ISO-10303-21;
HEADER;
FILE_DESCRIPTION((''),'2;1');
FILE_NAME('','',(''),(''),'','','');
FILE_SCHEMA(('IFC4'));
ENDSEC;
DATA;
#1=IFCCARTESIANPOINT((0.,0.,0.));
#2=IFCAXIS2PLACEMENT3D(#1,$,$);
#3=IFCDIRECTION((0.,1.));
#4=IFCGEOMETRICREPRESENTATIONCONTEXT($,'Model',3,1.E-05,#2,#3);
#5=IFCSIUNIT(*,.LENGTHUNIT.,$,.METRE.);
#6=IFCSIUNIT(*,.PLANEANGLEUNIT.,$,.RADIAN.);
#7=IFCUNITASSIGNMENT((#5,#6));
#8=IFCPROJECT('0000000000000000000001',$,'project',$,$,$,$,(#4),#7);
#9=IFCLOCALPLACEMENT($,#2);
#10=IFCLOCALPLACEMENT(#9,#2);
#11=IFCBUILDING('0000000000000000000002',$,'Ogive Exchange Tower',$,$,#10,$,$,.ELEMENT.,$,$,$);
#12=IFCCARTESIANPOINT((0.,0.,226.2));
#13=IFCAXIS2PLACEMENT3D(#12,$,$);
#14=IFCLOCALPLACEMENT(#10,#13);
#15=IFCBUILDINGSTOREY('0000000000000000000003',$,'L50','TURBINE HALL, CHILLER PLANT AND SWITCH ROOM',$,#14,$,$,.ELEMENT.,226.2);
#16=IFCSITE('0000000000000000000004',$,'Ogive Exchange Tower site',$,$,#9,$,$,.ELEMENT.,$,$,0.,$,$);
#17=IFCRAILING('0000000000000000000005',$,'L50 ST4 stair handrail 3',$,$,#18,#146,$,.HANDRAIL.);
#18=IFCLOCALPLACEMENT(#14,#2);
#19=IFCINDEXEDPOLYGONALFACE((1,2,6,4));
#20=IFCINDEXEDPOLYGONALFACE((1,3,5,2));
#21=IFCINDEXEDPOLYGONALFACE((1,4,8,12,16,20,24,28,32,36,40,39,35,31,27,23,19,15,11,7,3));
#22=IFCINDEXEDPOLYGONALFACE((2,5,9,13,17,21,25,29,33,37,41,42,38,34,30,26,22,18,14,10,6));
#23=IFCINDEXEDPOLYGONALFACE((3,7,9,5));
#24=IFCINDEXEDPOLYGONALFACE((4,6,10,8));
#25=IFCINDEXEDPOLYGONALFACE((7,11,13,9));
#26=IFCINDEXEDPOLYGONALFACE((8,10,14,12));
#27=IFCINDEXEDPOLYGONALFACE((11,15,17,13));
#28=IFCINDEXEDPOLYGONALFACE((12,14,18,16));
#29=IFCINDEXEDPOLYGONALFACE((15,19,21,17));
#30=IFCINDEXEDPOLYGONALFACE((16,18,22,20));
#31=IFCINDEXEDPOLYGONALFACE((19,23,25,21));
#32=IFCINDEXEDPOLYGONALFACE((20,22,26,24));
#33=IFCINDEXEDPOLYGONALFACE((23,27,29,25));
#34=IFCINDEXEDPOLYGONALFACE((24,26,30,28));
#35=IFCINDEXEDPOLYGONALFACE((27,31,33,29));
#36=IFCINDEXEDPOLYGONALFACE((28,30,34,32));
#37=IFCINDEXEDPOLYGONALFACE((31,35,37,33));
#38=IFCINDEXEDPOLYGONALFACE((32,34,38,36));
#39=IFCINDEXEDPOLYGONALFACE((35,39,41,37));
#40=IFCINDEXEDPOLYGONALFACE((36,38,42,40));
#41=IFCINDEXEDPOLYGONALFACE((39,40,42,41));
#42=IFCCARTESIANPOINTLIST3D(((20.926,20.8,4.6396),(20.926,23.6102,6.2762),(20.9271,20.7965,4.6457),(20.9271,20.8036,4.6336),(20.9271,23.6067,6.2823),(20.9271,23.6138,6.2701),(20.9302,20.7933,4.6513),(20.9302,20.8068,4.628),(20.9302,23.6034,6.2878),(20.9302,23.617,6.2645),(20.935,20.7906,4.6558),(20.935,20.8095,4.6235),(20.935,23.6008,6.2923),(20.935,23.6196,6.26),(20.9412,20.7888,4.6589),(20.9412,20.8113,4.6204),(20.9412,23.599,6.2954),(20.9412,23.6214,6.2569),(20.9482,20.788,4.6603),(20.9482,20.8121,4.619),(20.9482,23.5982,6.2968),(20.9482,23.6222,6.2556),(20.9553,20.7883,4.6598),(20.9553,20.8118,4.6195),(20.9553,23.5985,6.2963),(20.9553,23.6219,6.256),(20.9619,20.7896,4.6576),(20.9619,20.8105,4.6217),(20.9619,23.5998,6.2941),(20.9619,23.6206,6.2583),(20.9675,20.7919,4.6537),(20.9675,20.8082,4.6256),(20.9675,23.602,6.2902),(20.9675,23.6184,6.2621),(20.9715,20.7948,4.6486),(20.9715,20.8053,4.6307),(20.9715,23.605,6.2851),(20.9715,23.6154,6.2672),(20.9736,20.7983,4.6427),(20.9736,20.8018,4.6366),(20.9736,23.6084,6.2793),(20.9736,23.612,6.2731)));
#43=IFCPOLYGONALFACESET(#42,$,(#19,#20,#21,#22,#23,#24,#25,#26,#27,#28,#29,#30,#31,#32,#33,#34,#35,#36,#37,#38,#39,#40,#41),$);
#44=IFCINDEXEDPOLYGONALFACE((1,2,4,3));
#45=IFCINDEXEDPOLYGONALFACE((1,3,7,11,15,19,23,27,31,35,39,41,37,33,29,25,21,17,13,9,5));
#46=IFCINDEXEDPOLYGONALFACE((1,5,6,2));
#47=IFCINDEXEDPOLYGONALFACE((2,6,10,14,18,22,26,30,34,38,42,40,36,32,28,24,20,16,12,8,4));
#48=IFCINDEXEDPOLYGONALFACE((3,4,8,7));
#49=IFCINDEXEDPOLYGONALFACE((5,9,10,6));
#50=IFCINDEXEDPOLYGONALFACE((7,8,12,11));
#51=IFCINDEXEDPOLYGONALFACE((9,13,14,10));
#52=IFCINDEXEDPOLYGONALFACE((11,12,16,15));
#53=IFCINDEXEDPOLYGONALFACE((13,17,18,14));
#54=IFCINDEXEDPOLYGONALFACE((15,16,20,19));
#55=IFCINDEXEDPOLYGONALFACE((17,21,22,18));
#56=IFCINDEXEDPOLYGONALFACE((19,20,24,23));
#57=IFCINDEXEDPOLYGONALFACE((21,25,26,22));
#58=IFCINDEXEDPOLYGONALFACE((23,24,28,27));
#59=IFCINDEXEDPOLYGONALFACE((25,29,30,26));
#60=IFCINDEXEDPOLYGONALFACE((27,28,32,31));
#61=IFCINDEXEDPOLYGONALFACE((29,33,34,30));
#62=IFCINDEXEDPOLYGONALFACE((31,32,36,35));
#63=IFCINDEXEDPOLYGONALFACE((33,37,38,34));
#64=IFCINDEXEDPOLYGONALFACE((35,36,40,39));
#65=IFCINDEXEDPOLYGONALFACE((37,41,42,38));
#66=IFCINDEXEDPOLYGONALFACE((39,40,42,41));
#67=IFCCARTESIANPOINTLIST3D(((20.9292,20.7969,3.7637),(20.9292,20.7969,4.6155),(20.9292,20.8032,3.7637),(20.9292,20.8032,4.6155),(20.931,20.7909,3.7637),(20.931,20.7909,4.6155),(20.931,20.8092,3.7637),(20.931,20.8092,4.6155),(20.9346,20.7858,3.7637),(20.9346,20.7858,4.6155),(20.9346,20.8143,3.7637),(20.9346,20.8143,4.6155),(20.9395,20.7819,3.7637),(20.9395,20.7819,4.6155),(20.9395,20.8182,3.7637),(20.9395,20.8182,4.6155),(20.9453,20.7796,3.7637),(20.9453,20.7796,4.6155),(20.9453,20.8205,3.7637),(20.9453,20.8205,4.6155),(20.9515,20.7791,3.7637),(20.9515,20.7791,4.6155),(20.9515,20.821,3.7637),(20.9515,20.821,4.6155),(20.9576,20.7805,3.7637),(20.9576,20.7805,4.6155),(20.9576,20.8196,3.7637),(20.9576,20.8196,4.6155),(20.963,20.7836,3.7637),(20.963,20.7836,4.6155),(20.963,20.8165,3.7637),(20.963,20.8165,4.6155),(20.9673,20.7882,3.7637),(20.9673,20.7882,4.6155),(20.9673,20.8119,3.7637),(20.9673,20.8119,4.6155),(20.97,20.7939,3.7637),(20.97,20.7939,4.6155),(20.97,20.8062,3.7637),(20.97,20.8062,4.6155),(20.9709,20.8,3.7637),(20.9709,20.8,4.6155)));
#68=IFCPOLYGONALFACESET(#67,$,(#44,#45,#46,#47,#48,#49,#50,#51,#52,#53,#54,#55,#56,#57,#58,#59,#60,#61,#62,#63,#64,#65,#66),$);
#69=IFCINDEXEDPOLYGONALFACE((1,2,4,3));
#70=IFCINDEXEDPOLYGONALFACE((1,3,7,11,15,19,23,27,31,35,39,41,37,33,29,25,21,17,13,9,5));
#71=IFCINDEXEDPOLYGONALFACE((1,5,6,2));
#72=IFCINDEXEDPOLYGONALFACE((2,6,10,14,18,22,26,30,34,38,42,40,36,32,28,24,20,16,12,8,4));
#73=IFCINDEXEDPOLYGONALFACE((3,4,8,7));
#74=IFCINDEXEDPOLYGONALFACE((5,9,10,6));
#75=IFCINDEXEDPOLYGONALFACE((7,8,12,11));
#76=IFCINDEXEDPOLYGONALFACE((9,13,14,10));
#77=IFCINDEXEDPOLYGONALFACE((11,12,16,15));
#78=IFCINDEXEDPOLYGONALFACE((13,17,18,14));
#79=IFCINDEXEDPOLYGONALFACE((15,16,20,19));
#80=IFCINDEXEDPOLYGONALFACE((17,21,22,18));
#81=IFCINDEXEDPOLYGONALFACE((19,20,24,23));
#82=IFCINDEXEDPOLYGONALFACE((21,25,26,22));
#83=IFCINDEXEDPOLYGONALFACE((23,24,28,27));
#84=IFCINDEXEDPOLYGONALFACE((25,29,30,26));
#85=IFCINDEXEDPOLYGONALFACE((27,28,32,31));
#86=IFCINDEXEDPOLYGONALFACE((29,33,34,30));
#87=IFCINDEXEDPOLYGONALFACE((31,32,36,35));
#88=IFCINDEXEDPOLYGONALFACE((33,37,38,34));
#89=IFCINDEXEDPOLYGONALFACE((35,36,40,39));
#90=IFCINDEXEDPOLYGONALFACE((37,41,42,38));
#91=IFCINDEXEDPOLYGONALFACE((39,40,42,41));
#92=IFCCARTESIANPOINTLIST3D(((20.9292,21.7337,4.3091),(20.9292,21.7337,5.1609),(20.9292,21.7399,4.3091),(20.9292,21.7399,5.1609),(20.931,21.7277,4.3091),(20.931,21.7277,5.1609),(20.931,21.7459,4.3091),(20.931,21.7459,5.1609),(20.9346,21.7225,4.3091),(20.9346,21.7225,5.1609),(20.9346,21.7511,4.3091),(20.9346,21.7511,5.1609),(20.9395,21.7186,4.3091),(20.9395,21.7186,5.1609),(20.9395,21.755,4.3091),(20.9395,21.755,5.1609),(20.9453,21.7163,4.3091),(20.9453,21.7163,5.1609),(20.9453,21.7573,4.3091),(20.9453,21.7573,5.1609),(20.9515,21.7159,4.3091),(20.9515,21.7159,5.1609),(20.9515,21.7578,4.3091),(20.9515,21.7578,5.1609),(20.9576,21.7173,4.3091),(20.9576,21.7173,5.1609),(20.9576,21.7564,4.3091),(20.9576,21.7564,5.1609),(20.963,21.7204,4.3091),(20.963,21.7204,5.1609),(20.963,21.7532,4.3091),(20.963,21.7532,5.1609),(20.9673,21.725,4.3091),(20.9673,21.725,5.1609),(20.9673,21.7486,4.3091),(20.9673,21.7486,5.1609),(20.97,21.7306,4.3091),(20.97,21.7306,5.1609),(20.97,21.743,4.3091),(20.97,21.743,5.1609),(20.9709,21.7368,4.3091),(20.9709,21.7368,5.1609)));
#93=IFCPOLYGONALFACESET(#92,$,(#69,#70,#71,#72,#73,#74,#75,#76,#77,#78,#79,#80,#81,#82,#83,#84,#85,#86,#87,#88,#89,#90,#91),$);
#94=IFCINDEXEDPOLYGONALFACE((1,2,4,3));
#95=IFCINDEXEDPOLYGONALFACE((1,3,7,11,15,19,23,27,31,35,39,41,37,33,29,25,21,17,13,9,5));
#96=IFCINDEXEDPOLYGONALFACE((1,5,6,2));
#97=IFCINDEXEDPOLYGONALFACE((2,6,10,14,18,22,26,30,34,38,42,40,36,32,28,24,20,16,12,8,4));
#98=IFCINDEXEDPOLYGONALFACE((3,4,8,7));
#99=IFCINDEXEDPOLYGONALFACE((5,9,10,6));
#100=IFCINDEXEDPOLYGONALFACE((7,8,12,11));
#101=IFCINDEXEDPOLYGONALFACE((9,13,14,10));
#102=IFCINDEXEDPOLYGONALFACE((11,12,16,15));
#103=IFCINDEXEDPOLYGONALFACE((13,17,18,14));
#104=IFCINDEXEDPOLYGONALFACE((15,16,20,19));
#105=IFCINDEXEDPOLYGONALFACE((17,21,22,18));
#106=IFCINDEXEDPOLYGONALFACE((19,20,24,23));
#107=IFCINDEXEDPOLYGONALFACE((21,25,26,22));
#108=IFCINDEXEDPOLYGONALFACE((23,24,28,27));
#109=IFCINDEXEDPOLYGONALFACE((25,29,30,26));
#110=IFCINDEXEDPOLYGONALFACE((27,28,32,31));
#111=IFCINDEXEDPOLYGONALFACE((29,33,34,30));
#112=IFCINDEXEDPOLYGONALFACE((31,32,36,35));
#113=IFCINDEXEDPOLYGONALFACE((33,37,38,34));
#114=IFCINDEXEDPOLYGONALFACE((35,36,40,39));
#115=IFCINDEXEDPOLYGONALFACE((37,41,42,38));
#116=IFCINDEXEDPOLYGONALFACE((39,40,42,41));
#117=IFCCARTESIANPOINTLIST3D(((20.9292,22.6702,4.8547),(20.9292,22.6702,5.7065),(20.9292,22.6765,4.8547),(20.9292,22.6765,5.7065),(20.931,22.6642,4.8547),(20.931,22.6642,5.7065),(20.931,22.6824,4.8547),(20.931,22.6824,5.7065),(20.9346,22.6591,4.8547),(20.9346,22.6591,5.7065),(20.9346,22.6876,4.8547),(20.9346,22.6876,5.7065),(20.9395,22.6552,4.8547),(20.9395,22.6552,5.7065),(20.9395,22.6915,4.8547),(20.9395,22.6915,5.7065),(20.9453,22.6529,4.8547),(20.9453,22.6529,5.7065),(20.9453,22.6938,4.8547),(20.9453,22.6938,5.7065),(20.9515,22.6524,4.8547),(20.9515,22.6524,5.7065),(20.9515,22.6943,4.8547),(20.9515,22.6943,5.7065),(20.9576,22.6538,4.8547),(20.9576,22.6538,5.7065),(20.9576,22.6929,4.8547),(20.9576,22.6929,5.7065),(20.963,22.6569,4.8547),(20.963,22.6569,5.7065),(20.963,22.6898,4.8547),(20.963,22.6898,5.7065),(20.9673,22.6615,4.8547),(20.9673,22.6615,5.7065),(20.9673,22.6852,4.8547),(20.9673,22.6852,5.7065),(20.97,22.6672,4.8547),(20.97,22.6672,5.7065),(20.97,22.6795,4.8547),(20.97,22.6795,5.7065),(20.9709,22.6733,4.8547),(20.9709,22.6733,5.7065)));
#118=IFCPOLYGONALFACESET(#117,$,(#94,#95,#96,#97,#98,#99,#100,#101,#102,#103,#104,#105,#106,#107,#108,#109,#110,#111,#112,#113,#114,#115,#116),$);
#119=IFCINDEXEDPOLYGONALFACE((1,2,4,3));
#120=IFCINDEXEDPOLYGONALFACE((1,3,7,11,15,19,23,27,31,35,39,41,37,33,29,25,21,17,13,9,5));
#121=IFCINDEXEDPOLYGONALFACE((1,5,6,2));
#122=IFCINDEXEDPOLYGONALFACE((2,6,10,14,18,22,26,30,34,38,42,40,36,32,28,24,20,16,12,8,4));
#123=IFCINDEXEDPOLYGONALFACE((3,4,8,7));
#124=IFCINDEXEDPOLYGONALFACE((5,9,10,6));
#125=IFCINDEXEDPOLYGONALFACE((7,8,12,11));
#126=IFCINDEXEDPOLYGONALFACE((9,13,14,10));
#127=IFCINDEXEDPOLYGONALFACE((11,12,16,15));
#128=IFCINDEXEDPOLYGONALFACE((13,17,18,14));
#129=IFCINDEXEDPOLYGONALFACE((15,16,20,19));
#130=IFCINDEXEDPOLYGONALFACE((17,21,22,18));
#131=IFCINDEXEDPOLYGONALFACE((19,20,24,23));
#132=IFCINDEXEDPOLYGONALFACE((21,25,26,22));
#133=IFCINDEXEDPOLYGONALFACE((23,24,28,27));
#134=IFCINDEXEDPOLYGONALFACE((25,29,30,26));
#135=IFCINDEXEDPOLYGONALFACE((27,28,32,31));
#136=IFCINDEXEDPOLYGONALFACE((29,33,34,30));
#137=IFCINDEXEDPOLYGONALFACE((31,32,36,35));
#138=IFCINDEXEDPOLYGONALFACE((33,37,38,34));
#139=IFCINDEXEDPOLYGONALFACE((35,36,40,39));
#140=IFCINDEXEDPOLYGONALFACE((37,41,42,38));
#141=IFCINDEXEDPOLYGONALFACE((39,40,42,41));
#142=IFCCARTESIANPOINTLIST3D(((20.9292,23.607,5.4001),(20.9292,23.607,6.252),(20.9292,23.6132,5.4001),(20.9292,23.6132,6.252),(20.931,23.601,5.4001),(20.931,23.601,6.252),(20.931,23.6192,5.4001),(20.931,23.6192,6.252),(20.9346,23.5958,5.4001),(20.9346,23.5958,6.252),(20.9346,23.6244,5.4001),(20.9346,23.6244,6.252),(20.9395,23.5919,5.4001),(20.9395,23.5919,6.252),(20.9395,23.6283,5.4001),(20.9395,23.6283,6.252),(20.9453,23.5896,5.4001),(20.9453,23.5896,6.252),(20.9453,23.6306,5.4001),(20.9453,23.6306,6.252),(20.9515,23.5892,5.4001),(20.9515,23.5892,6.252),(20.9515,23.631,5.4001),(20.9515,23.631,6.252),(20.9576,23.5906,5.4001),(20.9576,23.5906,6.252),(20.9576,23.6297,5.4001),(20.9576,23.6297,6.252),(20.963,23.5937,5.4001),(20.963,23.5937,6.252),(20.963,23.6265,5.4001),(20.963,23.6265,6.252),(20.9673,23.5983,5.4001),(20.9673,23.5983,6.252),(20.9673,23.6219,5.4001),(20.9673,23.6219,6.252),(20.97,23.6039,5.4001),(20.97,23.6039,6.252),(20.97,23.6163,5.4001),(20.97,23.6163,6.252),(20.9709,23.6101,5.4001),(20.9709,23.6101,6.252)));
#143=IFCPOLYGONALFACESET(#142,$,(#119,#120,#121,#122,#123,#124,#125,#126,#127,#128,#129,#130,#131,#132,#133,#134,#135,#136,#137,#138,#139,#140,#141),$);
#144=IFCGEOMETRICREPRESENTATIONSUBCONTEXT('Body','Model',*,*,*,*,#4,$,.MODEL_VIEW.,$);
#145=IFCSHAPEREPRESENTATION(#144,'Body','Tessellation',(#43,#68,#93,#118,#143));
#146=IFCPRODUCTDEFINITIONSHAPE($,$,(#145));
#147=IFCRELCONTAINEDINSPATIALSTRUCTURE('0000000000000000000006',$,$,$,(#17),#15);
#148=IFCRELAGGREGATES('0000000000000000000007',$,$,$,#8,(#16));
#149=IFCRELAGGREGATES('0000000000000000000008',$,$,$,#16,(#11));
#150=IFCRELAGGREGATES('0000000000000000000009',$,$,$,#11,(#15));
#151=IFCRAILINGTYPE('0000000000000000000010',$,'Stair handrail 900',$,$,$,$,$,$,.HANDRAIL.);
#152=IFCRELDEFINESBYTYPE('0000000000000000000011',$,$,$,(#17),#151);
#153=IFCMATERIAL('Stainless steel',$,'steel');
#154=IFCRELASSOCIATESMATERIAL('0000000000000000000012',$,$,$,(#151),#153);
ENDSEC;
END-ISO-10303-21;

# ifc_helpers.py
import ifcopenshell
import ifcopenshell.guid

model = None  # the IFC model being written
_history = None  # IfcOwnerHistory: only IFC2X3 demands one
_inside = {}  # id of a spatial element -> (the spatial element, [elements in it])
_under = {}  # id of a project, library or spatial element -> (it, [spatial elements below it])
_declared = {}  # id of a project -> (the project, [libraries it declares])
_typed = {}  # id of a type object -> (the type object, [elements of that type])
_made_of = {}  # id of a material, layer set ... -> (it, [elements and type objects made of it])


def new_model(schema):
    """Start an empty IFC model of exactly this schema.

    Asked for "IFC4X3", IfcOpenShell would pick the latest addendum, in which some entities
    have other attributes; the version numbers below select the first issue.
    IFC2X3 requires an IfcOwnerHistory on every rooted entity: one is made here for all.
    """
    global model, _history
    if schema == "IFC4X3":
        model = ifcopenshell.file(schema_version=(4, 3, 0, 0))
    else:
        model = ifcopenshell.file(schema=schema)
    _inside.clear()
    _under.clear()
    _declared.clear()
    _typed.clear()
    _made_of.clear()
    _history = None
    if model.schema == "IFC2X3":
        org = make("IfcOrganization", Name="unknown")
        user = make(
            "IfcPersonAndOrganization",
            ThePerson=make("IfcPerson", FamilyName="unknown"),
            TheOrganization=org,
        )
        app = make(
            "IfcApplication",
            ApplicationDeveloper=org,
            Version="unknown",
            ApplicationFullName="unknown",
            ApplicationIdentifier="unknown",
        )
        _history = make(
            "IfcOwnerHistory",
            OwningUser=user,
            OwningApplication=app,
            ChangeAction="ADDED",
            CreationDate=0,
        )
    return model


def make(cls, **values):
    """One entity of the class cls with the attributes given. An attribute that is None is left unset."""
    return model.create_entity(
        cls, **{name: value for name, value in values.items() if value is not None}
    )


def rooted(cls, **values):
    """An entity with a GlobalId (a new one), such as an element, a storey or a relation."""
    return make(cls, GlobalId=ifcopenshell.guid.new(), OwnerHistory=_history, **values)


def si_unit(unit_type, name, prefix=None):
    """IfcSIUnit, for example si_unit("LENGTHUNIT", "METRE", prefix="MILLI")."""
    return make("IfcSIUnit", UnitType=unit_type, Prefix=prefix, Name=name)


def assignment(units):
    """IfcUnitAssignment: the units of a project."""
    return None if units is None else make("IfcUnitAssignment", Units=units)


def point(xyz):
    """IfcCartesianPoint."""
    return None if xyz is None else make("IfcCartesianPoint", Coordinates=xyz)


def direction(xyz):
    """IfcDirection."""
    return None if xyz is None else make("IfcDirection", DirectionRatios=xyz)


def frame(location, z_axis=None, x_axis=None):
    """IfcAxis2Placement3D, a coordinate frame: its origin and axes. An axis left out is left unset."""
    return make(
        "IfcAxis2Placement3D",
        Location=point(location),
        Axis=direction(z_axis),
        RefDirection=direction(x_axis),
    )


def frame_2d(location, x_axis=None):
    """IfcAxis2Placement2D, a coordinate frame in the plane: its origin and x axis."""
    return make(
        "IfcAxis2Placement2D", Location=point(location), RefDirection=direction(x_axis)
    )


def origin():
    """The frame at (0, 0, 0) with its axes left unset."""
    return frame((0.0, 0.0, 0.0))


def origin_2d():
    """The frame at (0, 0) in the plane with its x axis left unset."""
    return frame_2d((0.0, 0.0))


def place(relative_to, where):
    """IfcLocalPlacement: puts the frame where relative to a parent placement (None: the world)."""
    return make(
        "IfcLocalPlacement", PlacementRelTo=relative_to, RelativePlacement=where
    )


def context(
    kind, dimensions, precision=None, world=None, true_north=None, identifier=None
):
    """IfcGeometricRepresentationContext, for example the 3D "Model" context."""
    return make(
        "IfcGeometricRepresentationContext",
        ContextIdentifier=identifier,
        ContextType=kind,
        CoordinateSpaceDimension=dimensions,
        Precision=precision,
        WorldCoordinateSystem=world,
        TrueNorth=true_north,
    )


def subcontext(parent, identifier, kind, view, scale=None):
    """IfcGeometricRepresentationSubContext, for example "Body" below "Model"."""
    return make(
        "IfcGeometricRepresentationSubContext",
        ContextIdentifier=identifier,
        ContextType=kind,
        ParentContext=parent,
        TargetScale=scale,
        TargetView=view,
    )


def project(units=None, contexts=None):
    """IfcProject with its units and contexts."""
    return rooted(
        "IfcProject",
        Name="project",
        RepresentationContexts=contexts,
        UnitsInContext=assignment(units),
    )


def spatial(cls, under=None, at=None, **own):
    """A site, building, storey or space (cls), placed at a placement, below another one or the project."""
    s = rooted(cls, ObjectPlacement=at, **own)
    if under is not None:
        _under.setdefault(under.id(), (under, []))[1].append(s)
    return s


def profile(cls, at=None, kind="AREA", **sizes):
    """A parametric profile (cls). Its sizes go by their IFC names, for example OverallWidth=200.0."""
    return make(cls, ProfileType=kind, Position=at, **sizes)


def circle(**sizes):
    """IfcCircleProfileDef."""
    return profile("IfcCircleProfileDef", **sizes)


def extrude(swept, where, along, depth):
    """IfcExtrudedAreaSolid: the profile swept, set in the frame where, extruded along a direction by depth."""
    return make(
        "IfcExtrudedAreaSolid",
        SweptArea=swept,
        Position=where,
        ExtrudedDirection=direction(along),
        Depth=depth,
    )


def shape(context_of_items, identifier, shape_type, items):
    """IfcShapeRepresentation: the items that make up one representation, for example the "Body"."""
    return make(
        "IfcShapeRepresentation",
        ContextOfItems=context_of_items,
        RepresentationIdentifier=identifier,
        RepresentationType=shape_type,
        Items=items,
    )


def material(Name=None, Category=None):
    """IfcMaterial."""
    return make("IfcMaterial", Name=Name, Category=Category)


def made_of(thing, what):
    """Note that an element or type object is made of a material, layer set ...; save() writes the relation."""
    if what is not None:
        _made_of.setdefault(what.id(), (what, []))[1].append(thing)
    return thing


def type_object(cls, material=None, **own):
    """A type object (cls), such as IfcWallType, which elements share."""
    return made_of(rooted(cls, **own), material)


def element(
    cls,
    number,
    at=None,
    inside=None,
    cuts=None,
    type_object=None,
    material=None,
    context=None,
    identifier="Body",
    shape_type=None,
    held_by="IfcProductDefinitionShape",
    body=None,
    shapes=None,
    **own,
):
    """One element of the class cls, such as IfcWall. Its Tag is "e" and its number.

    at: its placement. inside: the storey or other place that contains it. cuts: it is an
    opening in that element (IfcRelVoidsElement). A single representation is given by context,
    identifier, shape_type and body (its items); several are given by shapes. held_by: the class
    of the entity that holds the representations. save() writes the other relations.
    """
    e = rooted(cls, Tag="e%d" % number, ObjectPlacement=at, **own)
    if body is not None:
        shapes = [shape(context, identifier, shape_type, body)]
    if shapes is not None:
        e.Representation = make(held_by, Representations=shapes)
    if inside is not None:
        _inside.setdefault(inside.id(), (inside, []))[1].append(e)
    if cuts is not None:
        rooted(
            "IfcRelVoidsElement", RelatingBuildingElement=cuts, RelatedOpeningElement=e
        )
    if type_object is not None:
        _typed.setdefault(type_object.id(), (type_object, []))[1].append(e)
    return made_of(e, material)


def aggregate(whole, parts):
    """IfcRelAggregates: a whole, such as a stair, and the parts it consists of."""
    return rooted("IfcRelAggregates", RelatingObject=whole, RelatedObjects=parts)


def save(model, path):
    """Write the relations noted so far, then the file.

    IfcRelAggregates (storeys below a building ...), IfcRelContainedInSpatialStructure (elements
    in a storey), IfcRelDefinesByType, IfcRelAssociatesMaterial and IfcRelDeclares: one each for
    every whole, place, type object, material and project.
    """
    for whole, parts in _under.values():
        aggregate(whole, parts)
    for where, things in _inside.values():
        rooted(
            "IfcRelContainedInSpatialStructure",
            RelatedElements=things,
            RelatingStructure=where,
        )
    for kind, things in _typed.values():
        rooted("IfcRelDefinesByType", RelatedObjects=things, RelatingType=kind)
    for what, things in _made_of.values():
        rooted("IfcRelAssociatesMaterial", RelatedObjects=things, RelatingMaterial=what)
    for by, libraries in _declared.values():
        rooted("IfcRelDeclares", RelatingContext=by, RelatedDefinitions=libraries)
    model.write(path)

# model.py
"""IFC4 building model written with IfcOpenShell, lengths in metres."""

from ifc_helpers import new_model, si_unit, direction, frame, origin, origin_2d, place, context, subcontext, project, spatial, circle, extrude, material, type_object, element, save


model = new_model("IFC4")

# Units and contexts
model_context = context("Model", 3, precision=1e-05, world=origin(), true_north=direction((0.0, 1.0)))
body_context = subcontext(model_context, "Body", "Model", "MODEL_VIEW")
ifc_project = project(units=[si_unit("LENGTHUNIT", "METRE"), si_unit("PLANEANGLEUNIT", "RADIAN")], contexts=[model_context])

# Site, building, storey
site_placement = place(None, origin())
site = spatial("IfcSite", under=ifc_project, at=site_placement, Name="Ogive Exchange Tower site", CompositionType="ELEMENT", RefElevation=0.0)
building_placement = place(site_placement, origin())
building = spatial("IfcBuilding", under=site, at=building_placement, Name="Ogive Exchange Tower", CompositionType="ELEMENT")
storey_placement = place(building_placement, frame((0.0, 0.0, 226.2)))
storey = spatial("IfcBuildingStorey", under=building, at=storey_placement, Name="L50", Description="TURBINE HALL, CHILLER PLANT AND SWITCH ROOM", CompositionType="ELEMENT", Elevation=226.2)

# Railing
ifc_material_1 = material(Name="Stainless steel", Category="steel")
railing_type = type_object("IfcRailingType", Name="Stair handrail 900", PredefinedType="HANDRAIL", material=ifc_material_1)
railing_1_placement = place(storey_placement, frame((20.95, 20.8, 3.7637)))
element("IfcRailing", 1, at=railing_1_placement, inside=storey, type_object=railing_type, Name="L50 ST4 stair handrail 3", PredefinedType="HANDRAIL", context=body_context, shape_type="SweptSolid", body=[
    extrude(circle(Radius=0.0239, at=origin_2d()), frame((0.0, 0.0, 0.876), z_axis=(0.0, 0.864144, 0.503245), x_axis=(-1.0, 0.0, 0.0)), (0.0, 0.0, 1.0), 3.252),
    extrude(circle(Radius=0.021, at=origin_2d()), origin(), (0.0, 0.0, 1.0), 0.8518),
    extrude(circle(Radius=0.021, at=origin_2d()), frame((0.0, 0.9368, 0.5454)), (0.0, 0.0, 1.0), 0.8518),
    extrude(circle(Radius=0.021, at=origin_2d()), frame((0.0, 1.8733, 1.0911)), (0.0, 0.0, 1.0), 0.8518),
    extrude(circle(Radius=0.021, at=origin_2d()), frame((0.0, 2.8101, 1.6365)), (0.0, 0.0, 1.0), 0.8518),
])

save(model, "model.ifc")
